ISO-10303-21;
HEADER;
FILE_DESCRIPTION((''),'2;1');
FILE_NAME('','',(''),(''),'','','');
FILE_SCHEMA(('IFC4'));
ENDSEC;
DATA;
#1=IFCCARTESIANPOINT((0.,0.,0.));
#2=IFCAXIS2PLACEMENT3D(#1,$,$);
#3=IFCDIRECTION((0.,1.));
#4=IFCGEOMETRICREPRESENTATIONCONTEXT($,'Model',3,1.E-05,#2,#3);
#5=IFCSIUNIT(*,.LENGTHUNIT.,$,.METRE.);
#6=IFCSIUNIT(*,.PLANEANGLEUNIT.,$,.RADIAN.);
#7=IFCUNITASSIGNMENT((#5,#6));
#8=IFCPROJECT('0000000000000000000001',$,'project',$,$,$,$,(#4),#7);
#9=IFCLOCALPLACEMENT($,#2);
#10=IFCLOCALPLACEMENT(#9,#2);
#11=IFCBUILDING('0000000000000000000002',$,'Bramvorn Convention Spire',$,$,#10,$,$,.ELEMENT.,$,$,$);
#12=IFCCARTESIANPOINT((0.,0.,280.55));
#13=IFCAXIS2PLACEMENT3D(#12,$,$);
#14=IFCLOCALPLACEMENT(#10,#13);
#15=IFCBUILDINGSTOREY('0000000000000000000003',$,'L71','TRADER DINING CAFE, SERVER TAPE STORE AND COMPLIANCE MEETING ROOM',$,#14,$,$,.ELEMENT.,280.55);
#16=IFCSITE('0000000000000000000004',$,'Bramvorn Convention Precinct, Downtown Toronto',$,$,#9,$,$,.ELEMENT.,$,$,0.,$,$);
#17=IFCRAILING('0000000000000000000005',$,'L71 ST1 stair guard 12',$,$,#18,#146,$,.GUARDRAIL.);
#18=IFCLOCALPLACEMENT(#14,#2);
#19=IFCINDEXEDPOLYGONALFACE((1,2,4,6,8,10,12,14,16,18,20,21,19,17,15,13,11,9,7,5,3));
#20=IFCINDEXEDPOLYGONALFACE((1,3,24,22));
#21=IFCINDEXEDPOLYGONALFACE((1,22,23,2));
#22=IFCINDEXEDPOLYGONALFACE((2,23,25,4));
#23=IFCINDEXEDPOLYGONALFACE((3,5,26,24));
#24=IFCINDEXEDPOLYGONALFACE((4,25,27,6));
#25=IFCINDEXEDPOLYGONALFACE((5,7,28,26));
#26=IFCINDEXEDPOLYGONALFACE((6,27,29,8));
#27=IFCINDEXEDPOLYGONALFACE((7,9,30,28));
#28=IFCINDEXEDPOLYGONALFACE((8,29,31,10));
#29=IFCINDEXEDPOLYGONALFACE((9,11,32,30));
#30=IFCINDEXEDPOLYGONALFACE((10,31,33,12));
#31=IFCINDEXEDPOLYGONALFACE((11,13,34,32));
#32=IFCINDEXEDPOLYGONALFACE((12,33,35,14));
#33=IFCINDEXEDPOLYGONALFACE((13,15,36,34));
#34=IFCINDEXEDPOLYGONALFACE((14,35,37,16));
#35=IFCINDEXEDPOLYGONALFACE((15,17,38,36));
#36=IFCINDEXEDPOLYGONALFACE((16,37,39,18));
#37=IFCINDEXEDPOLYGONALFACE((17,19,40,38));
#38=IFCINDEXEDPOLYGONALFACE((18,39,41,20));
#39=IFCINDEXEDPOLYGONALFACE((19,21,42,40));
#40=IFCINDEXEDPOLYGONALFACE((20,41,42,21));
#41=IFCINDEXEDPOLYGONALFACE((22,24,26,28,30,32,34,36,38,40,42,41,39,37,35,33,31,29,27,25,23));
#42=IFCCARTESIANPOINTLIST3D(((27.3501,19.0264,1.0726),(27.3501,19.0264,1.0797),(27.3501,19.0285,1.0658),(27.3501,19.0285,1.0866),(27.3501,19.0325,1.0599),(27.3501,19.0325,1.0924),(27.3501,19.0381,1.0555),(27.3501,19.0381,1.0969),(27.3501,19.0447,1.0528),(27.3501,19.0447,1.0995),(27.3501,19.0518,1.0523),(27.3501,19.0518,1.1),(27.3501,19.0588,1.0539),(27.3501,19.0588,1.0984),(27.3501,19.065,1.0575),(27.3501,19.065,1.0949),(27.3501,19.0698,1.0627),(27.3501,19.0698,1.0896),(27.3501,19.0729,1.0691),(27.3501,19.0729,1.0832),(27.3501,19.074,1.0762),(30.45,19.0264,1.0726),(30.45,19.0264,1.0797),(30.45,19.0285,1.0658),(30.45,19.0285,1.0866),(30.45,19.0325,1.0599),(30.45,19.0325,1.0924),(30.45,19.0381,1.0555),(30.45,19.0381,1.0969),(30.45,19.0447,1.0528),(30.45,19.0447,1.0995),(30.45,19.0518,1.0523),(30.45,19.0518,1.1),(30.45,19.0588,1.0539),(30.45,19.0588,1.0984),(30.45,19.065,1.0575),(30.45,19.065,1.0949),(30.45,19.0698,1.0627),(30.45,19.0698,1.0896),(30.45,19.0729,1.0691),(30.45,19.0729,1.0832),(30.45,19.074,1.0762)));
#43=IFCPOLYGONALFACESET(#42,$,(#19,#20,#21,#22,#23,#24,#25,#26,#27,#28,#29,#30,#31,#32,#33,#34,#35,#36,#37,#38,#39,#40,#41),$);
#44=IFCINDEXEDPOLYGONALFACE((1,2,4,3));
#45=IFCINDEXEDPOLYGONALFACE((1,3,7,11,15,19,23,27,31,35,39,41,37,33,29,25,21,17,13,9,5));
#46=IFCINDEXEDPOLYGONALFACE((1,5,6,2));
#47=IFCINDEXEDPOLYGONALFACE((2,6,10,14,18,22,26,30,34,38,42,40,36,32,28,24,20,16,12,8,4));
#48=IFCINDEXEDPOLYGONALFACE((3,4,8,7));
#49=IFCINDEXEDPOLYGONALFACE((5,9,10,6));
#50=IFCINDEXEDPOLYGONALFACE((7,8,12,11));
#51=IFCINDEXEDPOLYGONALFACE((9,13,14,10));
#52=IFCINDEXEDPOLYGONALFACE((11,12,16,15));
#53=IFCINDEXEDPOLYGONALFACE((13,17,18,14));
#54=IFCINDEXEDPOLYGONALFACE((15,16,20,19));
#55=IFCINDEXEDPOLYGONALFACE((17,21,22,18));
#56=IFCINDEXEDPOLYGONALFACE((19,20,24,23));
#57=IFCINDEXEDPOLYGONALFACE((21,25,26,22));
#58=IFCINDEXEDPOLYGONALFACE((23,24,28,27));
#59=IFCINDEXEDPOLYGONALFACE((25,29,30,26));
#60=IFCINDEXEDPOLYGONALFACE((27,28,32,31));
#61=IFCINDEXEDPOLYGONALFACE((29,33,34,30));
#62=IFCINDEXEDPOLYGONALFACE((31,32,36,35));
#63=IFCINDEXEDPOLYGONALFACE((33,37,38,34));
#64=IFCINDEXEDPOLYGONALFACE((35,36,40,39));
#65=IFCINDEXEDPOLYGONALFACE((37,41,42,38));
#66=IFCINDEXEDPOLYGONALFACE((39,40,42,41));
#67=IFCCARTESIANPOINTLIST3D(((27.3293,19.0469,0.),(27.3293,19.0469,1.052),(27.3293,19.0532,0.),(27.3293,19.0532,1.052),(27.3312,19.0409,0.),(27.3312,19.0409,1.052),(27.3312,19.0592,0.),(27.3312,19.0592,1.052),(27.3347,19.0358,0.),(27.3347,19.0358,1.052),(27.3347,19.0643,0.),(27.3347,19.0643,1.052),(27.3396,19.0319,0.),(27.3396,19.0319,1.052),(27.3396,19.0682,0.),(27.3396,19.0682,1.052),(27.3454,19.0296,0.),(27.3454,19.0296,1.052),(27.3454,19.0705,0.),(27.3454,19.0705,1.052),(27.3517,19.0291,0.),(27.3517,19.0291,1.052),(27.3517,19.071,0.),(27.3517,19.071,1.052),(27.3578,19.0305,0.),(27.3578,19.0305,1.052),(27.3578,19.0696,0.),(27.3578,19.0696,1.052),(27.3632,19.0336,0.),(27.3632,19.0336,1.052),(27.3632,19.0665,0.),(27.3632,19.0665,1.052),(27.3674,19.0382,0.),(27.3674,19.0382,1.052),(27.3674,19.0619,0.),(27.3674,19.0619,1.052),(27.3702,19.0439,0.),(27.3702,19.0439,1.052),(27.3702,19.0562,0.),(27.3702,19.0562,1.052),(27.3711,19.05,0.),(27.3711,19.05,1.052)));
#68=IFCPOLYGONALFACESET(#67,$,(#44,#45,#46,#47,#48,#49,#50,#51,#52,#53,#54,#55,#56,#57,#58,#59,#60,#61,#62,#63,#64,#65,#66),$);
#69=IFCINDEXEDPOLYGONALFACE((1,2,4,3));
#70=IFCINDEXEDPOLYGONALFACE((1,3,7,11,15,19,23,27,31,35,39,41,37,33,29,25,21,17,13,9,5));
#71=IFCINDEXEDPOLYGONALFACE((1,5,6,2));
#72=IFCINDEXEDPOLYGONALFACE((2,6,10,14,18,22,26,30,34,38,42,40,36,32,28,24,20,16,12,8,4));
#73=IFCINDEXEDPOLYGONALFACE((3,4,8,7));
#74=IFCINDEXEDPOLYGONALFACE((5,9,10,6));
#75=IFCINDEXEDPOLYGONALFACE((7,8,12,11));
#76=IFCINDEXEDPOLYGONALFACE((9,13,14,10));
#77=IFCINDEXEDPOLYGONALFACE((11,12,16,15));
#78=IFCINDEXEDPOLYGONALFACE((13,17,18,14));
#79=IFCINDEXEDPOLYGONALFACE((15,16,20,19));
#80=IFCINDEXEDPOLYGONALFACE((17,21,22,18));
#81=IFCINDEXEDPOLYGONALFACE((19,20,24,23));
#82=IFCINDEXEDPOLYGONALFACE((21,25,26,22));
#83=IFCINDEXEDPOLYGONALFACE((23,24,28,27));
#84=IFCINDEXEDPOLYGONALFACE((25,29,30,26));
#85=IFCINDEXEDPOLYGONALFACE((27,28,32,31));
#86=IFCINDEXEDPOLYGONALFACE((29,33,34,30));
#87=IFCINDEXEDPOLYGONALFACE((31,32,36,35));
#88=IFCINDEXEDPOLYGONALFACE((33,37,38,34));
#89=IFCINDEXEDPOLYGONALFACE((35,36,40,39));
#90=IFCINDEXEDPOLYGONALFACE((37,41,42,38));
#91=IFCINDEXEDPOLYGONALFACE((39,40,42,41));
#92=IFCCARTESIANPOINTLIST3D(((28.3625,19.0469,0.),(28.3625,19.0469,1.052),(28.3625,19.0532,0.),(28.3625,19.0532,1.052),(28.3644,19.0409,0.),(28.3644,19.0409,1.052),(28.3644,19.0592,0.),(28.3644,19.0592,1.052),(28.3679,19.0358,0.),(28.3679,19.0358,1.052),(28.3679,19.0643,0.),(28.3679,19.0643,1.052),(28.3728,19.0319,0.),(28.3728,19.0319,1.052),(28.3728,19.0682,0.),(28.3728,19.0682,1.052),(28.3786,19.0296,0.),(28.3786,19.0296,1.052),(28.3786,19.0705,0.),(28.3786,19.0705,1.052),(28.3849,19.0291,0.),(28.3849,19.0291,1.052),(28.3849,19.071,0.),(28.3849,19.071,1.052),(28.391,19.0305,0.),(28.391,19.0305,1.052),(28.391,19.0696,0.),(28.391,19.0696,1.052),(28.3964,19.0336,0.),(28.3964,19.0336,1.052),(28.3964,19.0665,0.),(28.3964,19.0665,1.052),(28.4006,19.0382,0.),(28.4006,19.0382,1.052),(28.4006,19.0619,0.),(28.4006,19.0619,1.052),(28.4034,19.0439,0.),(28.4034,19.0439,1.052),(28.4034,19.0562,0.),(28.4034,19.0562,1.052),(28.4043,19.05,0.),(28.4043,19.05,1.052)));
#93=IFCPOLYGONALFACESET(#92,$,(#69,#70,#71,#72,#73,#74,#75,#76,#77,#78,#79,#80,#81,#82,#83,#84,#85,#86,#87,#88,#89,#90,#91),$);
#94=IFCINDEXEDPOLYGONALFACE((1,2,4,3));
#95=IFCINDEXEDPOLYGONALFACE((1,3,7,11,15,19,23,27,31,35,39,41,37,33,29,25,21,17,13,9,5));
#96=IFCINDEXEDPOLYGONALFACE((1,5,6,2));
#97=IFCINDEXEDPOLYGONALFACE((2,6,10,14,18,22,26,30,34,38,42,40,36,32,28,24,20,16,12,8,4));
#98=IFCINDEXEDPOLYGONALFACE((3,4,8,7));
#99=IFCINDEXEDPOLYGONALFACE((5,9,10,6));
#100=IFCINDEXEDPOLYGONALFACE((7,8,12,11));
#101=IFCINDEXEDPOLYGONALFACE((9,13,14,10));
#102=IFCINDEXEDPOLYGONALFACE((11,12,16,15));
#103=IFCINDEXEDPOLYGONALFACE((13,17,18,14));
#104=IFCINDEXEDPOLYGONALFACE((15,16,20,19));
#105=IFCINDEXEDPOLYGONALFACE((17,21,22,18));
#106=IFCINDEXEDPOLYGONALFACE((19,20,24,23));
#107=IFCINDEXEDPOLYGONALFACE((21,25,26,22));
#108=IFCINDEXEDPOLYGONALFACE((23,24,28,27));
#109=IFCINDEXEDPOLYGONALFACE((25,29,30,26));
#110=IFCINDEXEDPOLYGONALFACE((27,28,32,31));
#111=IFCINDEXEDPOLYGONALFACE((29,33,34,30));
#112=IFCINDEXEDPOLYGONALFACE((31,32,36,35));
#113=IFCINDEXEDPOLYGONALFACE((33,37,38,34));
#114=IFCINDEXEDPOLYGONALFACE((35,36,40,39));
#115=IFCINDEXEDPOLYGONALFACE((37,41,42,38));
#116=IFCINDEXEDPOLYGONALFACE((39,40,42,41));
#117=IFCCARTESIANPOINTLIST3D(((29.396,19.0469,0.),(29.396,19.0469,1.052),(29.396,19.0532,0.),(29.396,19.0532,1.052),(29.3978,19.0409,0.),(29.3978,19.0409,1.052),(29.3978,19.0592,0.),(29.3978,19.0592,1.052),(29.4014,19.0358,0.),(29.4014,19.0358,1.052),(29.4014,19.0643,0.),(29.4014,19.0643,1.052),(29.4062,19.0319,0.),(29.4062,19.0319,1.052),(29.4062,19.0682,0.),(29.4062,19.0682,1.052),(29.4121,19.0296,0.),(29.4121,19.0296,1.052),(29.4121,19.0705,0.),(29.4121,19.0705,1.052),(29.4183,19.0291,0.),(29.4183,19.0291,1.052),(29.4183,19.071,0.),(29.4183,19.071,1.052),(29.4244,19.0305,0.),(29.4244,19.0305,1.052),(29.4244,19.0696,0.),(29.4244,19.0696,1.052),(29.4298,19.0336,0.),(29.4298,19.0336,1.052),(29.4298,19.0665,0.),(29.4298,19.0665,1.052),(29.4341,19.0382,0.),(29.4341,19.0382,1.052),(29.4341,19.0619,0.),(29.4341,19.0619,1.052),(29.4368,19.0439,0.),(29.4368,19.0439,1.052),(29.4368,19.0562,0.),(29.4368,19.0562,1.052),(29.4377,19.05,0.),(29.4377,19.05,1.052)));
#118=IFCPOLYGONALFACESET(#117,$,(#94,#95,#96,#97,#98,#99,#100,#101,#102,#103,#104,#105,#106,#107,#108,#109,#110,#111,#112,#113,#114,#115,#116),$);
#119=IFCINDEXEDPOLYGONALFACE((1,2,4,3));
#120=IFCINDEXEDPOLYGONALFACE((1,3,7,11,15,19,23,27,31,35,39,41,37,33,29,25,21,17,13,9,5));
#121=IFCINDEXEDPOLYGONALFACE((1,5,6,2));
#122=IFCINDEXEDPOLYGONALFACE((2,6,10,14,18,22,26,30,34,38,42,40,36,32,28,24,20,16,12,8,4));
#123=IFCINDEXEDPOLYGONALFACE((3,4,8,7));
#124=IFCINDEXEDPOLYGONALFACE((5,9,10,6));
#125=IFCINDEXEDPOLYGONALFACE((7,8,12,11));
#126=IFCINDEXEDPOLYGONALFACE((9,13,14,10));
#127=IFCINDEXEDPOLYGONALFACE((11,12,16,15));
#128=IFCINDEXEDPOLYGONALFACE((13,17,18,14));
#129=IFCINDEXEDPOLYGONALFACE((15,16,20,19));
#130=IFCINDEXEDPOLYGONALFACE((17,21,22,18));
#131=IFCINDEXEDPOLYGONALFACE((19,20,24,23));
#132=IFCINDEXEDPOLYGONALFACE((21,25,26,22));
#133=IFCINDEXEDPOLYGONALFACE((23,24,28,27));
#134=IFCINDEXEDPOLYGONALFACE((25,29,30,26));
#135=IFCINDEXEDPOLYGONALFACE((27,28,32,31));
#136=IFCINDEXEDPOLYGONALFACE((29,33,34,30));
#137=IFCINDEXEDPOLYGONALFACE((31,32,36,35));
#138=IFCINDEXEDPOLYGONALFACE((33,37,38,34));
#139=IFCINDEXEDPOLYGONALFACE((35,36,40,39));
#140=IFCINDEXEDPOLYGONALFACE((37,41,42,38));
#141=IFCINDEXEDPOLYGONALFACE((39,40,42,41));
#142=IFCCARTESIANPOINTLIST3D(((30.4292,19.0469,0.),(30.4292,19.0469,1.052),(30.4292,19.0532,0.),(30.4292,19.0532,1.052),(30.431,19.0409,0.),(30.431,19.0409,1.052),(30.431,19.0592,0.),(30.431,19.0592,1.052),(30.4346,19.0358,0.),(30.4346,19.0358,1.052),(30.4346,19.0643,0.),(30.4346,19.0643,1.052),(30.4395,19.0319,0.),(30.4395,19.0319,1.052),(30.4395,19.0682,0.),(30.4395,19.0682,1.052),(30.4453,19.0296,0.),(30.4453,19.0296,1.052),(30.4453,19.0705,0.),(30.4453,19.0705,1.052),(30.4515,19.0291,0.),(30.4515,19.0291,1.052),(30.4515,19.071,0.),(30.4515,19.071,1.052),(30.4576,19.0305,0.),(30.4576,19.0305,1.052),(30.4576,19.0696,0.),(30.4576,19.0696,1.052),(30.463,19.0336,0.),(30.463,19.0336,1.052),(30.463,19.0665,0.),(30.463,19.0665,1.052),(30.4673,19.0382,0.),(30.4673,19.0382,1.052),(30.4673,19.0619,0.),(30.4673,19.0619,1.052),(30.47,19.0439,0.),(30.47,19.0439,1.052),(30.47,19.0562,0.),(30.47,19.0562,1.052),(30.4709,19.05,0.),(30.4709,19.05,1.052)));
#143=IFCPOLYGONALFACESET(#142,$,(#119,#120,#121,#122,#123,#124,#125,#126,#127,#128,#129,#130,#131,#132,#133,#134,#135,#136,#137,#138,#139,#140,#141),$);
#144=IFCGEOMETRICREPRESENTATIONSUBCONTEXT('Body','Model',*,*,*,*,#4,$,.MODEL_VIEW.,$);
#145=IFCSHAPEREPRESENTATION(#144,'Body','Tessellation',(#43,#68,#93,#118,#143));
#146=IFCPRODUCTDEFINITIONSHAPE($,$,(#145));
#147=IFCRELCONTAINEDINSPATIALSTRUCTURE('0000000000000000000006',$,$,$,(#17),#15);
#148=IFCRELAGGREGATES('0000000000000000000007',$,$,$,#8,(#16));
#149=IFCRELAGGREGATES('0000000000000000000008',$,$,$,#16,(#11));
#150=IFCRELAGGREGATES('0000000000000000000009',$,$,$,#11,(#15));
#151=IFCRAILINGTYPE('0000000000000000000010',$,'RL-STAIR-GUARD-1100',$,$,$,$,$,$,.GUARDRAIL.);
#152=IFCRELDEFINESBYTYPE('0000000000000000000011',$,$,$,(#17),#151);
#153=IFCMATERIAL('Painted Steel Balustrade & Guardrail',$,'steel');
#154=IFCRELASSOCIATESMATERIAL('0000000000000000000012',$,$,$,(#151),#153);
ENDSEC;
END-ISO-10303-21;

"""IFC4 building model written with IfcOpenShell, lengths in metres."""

from ifc_helpers import new_model, si_unit, direction, frame, origin, origin_2d, place, context, subcontext, project, spatial, circle, extrude, material, type_object, element, save


model = new_model("IFC4")

# Units and contexts
model_context = context("Model", 3, precision=1e-05, world=origin(), true_north=direction((0.0, 1.0)))
body_context = subcontext(model_context, "Body", "Model", "MODEL_VIEW")
ifc_project = project(units=[si_unit("LENGTHUNIT", "METRE"), si_unit("PLANEANGLEUNIT", "RADIAN")], contexts=[model_context])

# Site, building, storey
site_placement = place(None, origin())
site = spatial("IfcSite", under=ifc_project, at=site_placement, Name="Bramvorn Convention Precinct, Downtown Toronto", CompositionType="ELEMENT", RefElevation=0.0)
building_placement = place(site_placement, origin())
building = spatial("IfcBuilding", under=site, at=building_placement, Name="Bramvorn Convention Spire", CompositionType="ELEMENT")
storey_placement = place(building_placement, frame((0.0, 0.0, 280.55)))
storey = spatial("IfcBuildingStorey", under=building, at=storey_placement, Name="L71", Description="TRADER DINING CAFE, SERVER TAPE STORE AND COMPLIANCE MEETING ROOM", CompositionType="ELEMENT", Elevation=280.55)

# Railing
ifc_material_1 = material(Name="Painted Steel Balustrade & Guardrail", Category="steel")
railing_type_1 = type_object("IfcRailingType", Name="RL-STAIR-GUARD-1100", PredefinedType="GUARDRAIL", material=ifc_material_1)
railing_1_placement = place(storey_placement, frame((27.3501, 19.05, 0.0)))
element("IfcRailing", 1, at=railing_1_placement, inside=storey, type_object=railing_type_1, Name="L71 ST1 stair guard 12", PredefinedType="GUARDRAIL", context=body_context, shape_type="SweptSolid", body=[
    extrude(circle(Radius=0.0239, at=origin_2d()), frame((0.0, 0.0, 1.0762), z_axis=(1.0, 0.0, 0.0), x_axis=(0.0, 1.0, 0.0)), (0.0, 0.0, 1.0), 3.0999),
    extrude(circle(Radius=0.021, at=origin_2d()), origin(), (0.0, 0.0, 1.0), 1.052),
    extrude(circle(Radius=0.021, at=origin_2d()), frame((1.0332, 0.0, 0.0)), (0.0, 0.0, 1.0), 1.052),
    extrude(circle(Radius=0.021, at=origin_2d()), frame((2.0667, 0.0, 0.0)), (0.0, 0.0, 1.0), 1.052),
    extrude(circle(Radius=0.021, at=origin_2d()), frame((3.0999, 0.0, 0.0)), (0.0, 0.0, 1.0), 1.052),
])

save(model, "model.ifc")
